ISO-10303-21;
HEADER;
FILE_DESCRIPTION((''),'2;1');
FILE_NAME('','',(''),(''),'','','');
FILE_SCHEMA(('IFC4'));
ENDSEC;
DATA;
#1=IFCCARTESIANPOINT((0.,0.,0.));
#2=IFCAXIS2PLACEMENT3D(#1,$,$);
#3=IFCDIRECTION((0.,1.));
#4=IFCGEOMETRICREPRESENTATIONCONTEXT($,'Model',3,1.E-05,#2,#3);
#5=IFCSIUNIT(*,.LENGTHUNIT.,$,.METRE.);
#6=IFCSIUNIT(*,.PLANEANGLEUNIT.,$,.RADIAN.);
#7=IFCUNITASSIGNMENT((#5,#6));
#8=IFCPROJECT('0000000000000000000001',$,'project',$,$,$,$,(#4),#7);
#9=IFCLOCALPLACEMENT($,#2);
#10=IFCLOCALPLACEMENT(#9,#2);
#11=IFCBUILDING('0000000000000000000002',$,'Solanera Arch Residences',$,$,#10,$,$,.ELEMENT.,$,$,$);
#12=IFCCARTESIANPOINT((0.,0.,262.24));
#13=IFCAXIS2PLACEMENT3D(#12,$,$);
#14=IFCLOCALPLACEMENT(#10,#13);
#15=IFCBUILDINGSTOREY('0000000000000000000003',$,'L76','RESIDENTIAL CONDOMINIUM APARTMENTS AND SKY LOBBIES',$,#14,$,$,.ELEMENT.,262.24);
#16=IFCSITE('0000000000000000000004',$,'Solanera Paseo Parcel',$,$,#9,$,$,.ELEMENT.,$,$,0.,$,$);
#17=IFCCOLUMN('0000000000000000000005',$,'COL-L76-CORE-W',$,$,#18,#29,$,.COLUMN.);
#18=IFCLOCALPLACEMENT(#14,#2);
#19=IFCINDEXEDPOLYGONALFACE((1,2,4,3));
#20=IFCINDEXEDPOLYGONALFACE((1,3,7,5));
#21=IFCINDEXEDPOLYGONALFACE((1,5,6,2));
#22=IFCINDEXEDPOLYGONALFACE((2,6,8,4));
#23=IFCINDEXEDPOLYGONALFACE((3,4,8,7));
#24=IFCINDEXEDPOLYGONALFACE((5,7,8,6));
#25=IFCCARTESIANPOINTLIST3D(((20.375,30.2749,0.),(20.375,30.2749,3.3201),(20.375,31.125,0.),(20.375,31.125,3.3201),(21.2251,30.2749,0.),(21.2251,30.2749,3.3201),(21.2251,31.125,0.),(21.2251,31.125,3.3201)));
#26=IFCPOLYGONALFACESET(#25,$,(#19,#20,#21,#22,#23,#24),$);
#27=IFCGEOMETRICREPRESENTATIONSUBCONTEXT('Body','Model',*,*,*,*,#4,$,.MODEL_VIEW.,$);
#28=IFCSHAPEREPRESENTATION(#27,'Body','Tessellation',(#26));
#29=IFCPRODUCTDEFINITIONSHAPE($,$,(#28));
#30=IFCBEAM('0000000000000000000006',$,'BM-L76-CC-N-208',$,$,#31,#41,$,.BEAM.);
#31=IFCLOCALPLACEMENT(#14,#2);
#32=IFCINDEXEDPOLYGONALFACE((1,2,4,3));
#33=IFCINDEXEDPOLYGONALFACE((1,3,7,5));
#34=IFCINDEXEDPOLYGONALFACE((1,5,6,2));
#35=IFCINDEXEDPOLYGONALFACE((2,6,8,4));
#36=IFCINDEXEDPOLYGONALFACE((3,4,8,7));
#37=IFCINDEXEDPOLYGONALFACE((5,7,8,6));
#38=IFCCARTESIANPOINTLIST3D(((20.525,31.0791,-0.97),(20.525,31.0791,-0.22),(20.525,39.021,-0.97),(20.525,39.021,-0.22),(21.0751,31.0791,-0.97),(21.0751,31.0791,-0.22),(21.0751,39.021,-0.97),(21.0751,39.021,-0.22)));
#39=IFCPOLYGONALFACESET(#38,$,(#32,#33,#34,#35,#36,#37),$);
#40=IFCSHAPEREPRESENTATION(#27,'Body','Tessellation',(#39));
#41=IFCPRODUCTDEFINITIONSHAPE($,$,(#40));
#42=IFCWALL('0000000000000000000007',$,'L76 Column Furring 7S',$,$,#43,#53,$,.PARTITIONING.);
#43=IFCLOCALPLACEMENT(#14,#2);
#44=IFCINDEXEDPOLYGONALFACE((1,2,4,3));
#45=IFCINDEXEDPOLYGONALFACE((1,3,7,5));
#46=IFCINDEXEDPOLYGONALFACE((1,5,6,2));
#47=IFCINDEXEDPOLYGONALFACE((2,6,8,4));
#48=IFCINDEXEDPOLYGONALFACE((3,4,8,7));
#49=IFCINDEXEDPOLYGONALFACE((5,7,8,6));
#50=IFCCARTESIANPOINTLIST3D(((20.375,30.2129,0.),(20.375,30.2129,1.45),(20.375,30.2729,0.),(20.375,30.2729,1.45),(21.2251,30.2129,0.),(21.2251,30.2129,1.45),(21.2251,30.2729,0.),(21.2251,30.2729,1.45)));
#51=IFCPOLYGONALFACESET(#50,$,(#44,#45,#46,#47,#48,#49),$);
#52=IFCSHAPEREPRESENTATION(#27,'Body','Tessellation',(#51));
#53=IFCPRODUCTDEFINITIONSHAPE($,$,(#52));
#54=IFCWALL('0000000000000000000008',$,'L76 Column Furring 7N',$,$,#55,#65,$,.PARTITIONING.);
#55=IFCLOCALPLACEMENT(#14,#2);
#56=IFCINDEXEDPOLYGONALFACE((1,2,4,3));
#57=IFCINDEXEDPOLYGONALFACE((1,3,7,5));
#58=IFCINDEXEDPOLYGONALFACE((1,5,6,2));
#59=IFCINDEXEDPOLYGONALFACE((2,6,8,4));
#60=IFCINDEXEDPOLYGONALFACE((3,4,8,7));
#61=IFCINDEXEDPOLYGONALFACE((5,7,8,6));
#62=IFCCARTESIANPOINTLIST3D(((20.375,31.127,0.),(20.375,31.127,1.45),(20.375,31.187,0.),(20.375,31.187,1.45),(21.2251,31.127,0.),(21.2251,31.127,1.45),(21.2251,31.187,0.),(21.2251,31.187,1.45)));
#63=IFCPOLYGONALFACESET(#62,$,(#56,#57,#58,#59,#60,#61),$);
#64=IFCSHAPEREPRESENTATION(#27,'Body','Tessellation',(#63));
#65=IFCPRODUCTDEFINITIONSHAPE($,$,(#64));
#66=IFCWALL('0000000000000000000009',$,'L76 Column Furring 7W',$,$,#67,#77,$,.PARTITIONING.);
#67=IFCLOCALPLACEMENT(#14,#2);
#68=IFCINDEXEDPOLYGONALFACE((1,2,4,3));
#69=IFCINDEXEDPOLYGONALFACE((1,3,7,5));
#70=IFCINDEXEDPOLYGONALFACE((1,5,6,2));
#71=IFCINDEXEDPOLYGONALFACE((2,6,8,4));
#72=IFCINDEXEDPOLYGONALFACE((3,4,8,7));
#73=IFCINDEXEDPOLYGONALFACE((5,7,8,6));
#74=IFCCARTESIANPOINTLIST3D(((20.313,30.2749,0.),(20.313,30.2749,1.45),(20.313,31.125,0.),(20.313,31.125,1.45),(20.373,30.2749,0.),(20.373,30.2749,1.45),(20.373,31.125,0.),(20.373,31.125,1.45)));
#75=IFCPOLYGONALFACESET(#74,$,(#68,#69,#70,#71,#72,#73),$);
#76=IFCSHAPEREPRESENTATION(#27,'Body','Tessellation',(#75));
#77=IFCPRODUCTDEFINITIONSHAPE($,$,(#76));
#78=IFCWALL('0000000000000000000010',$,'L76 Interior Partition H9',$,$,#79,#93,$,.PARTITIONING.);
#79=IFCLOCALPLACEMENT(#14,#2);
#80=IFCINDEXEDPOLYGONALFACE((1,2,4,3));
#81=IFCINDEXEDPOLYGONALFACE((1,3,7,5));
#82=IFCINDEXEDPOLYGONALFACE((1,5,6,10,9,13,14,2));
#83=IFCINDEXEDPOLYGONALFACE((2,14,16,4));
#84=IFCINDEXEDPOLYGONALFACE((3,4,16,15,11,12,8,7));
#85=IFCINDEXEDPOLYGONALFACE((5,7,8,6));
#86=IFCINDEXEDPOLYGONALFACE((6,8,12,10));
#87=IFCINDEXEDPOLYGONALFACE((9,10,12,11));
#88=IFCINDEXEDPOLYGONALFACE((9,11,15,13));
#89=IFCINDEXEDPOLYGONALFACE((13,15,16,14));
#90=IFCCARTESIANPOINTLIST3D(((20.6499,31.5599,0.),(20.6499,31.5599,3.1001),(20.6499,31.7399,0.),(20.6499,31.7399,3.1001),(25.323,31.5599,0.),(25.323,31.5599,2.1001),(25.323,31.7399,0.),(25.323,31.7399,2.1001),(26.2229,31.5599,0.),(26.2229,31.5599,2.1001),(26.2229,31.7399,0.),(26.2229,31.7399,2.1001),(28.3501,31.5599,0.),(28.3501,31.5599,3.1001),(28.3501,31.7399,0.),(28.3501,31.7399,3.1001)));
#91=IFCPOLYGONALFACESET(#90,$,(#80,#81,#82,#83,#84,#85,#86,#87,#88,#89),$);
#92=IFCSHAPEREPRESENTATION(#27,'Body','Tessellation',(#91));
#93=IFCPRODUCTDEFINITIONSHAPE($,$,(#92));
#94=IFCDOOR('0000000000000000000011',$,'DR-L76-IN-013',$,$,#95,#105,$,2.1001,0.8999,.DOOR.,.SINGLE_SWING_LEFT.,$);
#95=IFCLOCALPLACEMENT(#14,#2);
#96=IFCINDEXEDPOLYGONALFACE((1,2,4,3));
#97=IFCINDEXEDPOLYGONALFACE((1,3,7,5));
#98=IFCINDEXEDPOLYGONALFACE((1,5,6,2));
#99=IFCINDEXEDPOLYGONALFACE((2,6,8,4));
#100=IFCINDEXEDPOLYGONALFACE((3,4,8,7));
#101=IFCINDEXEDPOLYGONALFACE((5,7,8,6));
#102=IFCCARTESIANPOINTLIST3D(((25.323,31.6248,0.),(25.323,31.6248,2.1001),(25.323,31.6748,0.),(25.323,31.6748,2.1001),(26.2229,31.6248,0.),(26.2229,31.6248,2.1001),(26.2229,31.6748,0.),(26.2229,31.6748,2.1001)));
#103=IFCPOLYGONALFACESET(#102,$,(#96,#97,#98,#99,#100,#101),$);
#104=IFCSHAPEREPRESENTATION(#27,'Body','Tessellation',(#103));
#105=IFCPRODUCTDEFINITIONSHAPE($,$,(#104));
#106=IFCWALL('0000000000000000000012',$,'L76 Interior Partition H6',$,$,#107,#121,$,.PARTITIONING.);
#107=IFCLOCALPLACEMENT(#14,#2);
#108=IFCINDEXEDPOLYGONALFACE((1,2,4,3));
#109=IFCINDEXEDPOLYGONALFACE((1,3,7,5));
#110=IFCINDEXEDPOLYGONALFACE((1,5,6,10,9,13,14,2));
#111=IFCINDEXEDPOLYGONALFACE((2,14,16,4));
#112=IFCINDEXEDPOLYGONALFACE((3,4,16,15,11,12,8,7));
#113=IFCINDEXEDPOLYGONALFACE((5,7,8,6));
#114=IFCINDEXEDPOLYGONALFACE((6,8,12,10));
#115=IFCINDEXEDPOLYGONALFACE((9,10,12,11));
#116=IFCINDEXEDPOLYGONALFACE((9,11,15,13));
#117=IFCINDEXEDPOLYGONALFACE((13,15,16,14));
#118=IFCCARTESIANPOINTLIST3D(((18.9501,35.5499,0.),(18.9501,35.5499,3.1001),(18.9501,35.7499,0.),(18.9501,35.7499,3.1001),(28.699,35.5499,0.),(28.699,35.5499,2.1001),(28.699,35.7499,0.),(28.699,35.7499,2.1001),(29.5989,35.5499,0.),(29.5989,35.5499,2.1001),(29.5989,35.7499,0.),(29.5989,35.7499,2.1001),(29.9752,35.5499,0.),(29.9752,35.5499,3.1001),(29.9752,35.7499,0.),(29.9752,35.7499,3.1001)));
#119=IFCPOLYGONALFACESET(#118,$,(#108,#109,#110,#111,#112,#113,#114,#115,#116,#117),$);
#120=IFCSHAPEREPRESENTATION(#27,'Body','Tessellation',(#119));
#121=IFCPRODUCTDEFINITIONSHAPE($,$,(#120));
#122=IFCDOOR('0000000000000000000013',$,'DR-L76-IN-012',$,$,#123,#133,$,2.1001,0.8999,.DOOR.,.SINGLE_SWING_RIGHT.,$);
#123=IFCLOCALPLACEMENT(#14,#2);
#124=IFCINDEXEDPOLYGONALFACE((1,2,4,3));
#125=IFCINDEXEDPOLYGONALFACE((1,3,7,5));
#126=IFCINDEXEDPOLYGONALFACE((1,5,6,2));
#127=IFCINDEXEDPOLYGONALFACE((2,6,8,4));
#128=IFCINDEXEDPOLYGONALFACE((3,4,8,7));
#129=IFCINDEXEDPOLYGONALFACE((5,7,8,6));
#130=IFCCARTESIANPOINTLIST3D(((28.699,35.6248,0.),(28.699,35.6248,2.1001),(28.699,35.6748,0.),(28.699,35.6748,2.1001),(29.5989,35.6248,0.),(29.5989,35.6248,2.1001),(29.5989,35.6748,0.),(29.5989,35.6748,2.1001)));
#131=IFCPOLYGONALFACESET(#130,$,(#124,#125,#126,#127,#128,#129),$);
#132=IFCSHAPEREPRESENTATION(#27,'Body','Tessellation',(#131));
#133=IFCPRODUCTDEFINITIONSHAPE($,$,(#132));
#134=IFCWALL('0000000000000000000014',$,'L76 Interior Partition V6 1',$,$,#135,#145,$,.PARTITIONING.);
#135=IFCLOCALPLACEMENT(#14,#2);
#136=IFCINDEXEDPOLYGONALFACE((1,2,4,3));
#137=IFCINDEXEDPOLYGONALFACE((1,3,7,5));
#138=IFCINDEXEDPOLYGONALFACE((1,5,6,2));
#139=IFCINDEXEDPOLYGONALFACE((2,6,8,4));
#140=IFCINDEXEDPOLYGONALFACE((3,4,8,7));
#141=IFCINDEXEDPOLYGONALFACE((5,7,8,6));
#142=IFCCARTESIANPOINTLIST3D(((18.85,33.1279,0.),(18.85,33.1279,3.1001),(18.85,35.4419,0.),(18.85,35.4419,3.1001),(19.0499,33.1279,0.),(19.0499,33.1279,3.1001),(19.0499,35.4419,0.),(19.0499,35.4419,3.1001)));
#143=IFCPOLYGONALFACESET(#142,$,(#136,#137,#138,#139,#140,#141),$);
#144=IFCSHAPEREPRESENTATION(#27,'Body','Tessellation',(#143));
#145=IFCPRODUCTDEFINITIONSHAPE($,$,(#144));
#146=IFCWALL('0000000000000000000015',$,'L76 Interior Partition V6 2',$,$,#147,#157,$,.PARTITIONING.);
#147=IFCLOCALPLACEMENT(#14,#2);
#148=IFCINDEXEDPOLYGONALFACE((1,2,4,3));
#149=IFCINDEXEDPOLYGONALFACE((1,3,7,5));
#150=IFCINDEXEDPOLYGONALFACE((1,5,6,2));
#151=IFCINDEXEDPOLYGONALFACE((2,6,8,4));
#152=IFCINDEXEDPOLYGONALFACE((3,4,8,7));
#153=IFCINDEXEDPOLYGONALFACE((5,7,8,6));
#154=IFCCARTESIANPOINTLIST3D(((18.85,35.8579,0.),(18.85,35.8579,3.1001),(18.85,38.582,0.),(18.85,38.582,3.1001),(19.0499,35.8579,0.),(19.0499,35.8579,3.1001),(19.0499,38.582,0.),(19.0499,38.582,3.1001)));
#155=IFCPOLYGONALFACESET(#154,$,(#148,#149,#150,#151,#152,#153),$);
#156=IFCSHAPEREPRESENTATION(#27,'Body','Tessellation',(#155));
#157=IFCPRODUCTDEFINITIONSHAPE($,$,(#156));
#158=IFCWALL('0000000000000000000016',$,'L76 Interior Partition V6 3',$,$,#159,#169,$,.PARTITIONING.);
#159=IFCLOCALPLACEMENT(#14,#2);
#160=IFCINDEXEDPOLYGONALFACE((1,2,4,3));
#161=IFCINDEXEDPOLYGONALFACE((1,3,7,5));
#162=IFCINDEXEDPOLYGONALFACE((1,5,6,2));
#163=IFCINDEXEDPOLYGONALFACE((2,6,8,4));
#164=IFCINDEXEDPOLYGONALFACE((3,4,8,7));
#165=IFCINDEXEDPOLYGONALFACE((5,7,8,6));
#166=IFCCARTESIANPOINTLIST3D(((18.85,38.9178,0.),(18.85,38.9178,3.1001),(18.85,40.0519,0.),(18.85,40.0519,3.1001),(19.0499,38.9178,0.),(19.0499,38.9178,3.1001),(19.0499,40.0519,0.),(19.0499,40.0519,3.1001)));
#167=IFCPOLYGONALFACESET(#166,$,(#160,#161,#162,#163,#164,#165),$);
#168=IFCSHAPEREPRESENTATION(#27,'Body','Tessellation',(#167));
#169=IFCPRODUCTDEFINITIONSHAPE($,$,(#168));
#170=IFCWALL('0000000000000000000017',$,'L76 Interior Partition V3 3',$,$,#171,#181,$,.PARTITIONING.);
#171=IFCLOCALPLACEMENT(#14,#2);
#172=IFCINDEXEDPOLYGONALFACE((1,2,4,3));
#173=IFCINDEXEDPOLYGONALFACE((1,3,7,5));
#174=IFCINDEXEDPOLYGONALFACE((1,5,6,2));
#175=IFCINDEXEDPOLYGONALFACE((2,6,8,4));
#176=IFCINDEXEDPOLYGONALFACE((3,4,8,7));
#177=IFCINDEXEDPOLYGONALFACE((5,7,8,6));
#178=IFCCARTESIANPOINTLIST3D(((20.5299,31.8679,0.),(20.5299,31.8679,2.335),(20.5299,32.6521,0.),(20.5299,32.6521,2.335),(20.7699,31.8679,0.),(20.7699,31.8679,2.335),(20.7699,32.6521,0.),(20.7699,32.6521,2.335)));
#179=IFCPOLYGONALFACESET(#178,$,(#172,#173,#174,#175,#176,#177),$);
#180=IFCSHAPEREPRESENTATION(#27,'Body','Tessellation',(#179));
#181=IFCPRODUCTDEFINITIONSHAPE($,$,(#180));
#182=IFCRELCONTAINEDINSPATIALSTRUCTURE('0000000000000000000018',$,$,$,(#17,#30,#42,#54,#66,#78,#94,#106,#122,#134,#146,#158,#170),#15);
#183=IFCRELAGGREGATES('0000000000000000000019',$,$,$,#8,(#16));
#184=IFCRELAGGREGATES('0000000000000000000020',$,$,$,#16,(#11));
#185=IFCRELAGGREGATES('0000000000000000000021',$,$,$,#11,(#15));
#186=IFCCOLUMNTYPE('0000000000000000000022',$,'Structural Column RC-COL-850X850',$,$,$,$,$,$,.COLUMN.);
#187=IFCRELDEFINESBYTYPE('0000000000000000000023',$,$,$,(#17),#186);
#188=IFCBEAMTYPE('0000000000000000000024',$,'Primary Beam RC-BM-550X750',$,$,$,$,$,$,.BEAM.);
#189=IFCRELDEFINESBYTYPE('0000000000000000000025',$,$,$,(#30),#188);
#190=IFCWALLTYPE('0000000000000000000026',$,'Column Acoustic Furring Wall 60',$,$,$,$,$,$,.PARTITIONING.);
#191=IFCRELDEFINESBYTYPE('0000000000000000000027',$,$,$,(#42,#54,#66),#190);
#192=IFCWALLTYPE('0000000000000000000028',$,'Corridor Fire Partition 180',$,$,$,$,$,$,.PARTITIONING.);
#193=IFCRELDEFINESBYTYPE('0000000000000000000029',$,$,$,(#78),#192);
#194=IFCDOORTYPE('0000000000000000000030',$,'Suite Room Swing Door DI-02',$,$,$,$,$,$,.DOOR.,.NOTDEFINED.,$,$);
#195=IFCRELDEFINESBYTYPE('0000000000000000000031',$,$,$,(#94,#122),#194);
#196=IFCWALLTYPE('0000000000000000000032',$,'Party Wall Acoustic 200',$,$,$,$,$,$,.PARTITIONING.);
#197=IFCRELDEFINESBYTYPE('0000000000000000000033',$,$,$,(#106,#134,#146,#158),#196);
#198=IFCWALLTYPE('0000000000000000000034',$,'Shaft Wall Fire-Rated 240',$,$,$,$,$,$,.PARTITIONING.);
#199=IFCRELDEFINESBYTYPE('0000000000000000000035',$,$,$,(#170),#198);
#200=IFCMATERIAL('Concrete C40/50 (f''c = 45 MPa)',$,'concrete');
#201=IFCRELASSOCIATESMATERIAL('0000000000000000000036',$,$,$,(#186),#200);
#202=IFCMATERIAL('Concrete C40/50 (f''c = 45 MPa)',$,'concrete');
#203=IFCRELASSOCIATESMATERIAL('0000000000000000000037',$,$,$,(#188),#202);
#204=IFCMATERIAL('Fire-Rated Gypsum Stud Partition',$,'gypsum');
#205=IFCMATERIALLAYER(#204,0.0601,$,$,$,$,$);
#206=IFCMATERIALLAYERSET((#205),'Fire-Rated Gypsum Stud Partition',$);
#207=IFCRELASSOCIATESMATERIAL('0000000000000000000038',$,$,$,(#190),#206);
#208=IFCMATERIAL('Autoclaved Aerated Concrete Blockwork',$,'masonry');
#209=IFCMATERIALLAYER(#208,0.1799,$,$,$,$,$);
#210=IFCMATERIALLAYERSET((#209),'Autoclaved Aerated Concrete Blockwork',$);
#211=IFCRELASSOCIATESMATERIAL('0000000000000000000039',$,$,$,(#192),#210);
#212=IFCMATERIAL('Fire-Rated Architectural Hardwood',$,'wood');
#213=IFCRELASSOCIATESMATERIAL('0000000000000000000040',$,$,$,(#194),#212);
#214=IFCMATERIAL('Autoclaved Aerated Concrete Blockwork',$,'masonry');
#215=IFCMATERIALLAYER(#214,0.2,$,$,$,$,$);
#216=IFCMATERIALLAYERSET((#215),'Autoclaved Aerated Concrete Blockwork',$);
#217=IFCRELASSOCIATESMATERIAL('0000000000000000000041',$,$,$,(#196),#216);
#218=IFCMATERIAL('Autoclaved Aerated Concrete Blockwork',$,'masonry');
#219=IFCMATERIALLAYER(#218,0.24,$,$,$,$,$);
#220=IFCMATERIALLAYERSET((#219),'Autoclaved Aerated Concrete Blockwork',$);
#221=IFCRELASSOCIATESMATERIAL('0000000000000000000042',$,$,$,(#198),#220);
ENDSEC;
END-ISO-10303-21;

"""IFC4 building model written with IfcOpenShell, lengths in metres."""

from ifc_helpers import new_model, si_unit, direction, frame, frame_2d, origin, origin_2d, place, context, subcontext, project, spatial, rectangle, extrude, material, layer, layer_set, material_profile, profile_set, type_object, element, fill, save


model = new_model("IFC4")

# Units and contexts
model_context = context("Model", 3, precision=1e-05, world=origin(), true_north=direction((0.0, 1.0)))
body_context = subcontext(model_context, "Body", "Model", "MODEL_VIEW")
ifc_project = project(units=[si_unit("LENGTHUNIT", "METRE"), si_unit("PLANEANGLEUNIT", "RADIAN")], contexts=[model_context])

# Site, building, storey
site_placement = place(None, origin())
site = spatial("IfcSite", under=ifc_project, at=site_placement, Name="Solanera Paseo Parcel", CompositionType="ELEMENT", RefElevation=0.0)
building_placement = place(site_placement, origin())
building = spatial("IfcBuilding", under=site, at=building_placement, Name="Solanera Arch Residences", CompositionType="ELEMENT")
storey_placement = place(building_placement, frame((0.0, 0.0, 262.24)))
storey = spatial("IfcBuildingStorey", under=building, at=storey_placement, Name="L76", Description="RESIDENTIAL CONDOMINIUM APARTMENTS AND SKY LOBBIES", CompositionType="ELEMENT", Elevation=262.24)

# Column
ifc_material_1 = material(Name="Concrete C40/50 (f'c = 45 MPa)", Category="concrete")
ifc_material_profile_1 = material_profile(ifc_material_1, rectangle(XDim=0.8501, YDim=0.8501, at=origin_2d()))
ifc_profile_set_1 = profile_set([ifc_material_profile_1], Name="Concrete C40/50 (f'c = 45 MPa)")
column_type = type_object("IfcColumnType", Name="Structural Column RC-COL-850X850", PredefinedType="COLUMN", material=ifc_profile_set_1)
column_placement = place(storey_placement, frame((20.8, 30.7, 0.0), z_axis=(0.0, 0.0, 1.0), x_axis=(1.0, 0.0, 0.0)))
element("IfcColumn", 1, at=column_placement, inside=storey, type_object=column_type, Name="COL-L76-CORE-W", PredefinedType="COLUMN", context=body_context, shape_type="SweptSolid", body=[
    extrude(rectangle(XDim=0.8501, YDim=0.8501, at=origin_2d()), origin(), (0.0, 0.0, 1.0), 3.3201),
])

# Beam
ifc_material_2 = material(Name="Concrete C40/50 (f'c = 45 MPa)", Category="concrete")
ifc_material_profile_2 = material_profile(ifc_material_2, rectangle(XDim=0.55, YDim=0.75, at=origin_2d()))
ifc_profile_set_2 = profile_set([ifc_material_profile_2], Name="Concrete C40/50 (f'c = 45 MPa)")
beam_type = type_object("IfcBeamType", Name="Primary Beam RC-BM-550X750", PredefinedType="BEAM", material=ifc_profile_set_2)
beam_placement = place(storey_placement, frame((20.8, 31.0791, -0.595), z_axis=(0.0, 1.0, 0.0), x_axis=(-1.0, 0.0, 0.0)))
element("IfcBeam", 2, at=beam_placement, inside=storey, type_object=beam_type, Name="BM-L76-CC-N-208", PredefinedType="BEAM", context=body_context, shape_type="SweptSolid", body=[
    extrude(rectangle(XDim=0.55, YDim=0.75, at=origin_2d()), origin(), (0.0, 0.0, 1.0), 7.9419),
])

# Walls
ifc_material_3 = material(Name="Fire-Rated Gypsum Stud Partition", Category="gypsum")
ifc_layer_1 = layer(ifc_material_3, 0.0601)
ifc_layer_set_1 = layer_set([ifc_layer_1], Name="Fire-Rated Gypsum Stud Partition")
wall_type_1 = type_object("IfcWallType", Name="Column Acoustic Furring Wall 60", PredefinedType="PARTITIONING", material=ifc_layer_set_1)
for number, where, z_axis, x_axis, name in (
    (3, (20.375, 30.2429, 0.0), (0.0, 0.0, 1.0), (1.0, 0.0, 0.0), "L76 Column Furring 7S"),
    (4, (20.375, 31.157, 0.0), (0.0, 0.0, 1.0), (1.0, 0.0, 0.0), "L76 Column Furring 7N"),
    (5, (20.343, 30.2749, 0.0), (0.0, 0.0, 1.0), (0.0, 1.0, 0.0), "L76 Column Furring 7W"),
):
    element("IfcWall", number, at=place(storey_placement, frame(where, z_axis=z_axis, x_axis=x_axis)), inside=storey, type_object=wall_type_1, Name=name, PredefinedType="PARTITIONING", context=body_context, shape_type="SweptSolid", body=[
        extrude(rectangle(XDim=0.8501, YDim=0.0601, at=frame_2d((0.425, 0.0))), origin(), (0.0, 0.0, 1.0), 1.45),
    ])

# Walls, openings, doors
ifc_material_4 = material(Name="Autoclaved Aerated Concrete Blockwork", Category="masonry")
ifc_layer_2 = layer(ifc_material_4, 0.1799)
ifc_layer_set_2 = layer_set([ifc_layer_2], Name="Autoclaved Aerated Concrete Blockwork")
wall_type_2 = type_object("IfcWallType", Name="Corridor Fire Partition 180", PredefinedType="PARTITIONING", material=ifc_layer_set_2)
wall_1_placement = place(storey_placement, frame((20.6499, 31.6499, 0.0), z_axis=(0.0, 0.0, 1.0), x_axis=(1.0, 0.0, 0.0)))
wall_1 = element("IfcWall", 6, at=wall_1_placement, inside=storey, type_object=wall_type_2, Name="L76 Interior Partition H9", PredefinedType="PARTITIONING", context=body_context, shape_type="SweptSolid", body=[
    extrude(rectangle(XDim=7.7002, YDim=0.1799, at=frame_2d((3.8501, 0.0))), origin(), (0.0, 0.0, 1.0), 3.1001),
])
opening_1_placement = place(wall_1_placement, frame((4.6731, 0.0, 0.0)))
opening_1 = element("IfcOpeningElement", 7, at=opening_1_placement, cuts=wall_1, PredefinedType="OPENING", context=body_context, shape_type="SweptSolid", body=[
    extrude(rectangle(XDim=0.8999, YDim=2.1001, at=frame_2d((0.45, 1.05))), frame((0.0, 0.1001, 0.0), z_axis=(0.0, -1.0, 0.0), x_axis=(1.0, 0.0, 0.0)), (0.0, 0.0, 1.0), 0.1999),
])
ifc_material_5 = material(Name="Fire-Rated Architectural Hardwood", Category="wood")
door_type_1 = type_object("IfcDoorType", Name="Suite Room Swing Door DI-02", OperationType="NOTDEFINED", PredefinedType="DOOR", material=ifc_material_5)
door_1_placement = place(opening_1_placement, origin())
door_1 = element("IfcDoor", 8, at=door_1_placement, inside=storey, type_object=door_type_1, Name="DR-L76-IN-013", OperationType="SINGLE_SWING_LEFT", OverallHeight=2.1001, OverallWidth=0.8999, PredefinedType="DOOR", context=body_context, shape_type="SweptSolid", body=[
    extrude(rectangle(XDim=0.8999, YDim=2.1001, at=frame_2d((0.45, 1.05))), frame((0.0, 0.0249, 0.0), z_axis=(0.0, -1.0, 0.0), x_axis=(1.0, 0.0, 0.0)), (0.0, 0.0, 1.0), 0.05),
])
fill(opening_1, door_1)
ifc_material_6 = material(Name="Autoclaved Aerated Concrete Blockwork", Category="masonry")
ifc_layer_3 = layer(ifc_material_6, 0.2)
ifc_layer_set_3 = layer_set([ifc_layer_3], Name="Autoclaved Aerated Concrete Blockwork")
wall_type_3 = type_object("IfcWallType", Name="Party Wall Acoustic 200", PredefinedType="PARTITIONING", material=ifc_layer_set_3)
wall_2_placement = place(storey_placement, frame((18.95, 35.6499, 0.0), z_axis=(0.0, 0.0, 1.0), x_axis=(1.0, 0.0, 0.0)))
wall_2 = element("IfcWall", 9, at=wall_2_placement, inside=storey, type_object=wall_type_3, Name="L76 Interior Partition H6", PredefinedType="PARTITIONING", context=body_context, shape_type="SweptSolid", body=[
    extrude(rectangle(XDim=11.0251, YDim=0.2, at=frame_2d((5.5127, 0.0))), origin(), (0.0, 0.0, 1.0), 3.1001),
])
opening_2_placement = place(wall_2_placement, frame((9.749, 0.0, 0.0)))
opening_2 = element("IfcOpeningElement", 10, at=opening_2_placement, cuts=wall_2, PredefinedType="OPENING", context=body_context, shape_type="SweptSolid", body=[
    extrude(rectangle(XDim=0.8999, YDim=2.1001, at=frame_2d((0.45, 1.05))), frame((0.0, 0.1101, 0.0), z_axis=(0.0, -1.0, 0.0), x_axis=(1.0, 0.0, 0.0)), (0.0, 0.0, 1.0), 0.22),
])
door_2_placement = place(opening_2_placement, origin())
door_2 = element("IfcDoor", 11, at=door_2_placement, inside=storey, type_object=door_type_1, Name="DR-L76-IN-012", OperationType="SINGLE_SWING_RIGHT", OverallHeight=2.1001, OverallWidth=0.8999, PredefinedType="DOOR", context=body_context, shape_type="SweptSolid", body=[
    extrude(rectangle(XDim=0.8999, YDim=2.1001, at=frame_2d((0.45, 1.05))), frame((0.0, 0.0249, 0.0), z_axis=(0.0, -1.0, 0.0), x_axis=(1.0, 0.0, 0.0)), (0.0, 0.0, 1.0), 0.05),
])
fill(opening_2, door_2)

# Walls
wall_3_placement = place(storey_placement, frame((18.95, 33.1279, 0.0), z_axis=(0.0, 0.0, 1.0), x_axis=(0.0, 1.0, 0.0)))
element("IfcWall", 12, at=wall_3_placement, inside=storey, type_object=wall_type_3, Name="L76 Interior Partition V6 1", PredefinedType="PARTITIONING", context=body_context, shape_type="SweptSolid", body=[
    extrude(rectangle(XDim=2.314, YDim=0.2, at=frame_2d((1.157, 0.0))), origin(), (0.0, 0.0, 1.0), 3.1001),
])
wall_4_placement = place(storey_placement, frame((18.95, 35.8579, 0.0), z_axis=(0.0, 0.0, 1.0), x_axis=(0.0, 1.0, 0.0)))
element("IfcWall", 13, at=wall_4_placement, inside=storey, type_object=wall_type_3, Name="L76 Interior Partition V6 2", PredefinedType="PARTITIONING", context=body_context, shape_type="SweptSolid", body=[
    extrude(rectangle(XDim=2.7241, YDim=0.2, at=frame_2d((1.3621, 0.0))), origin(), (0.0, 0.0, 1.0), 3.1001),
])
wall_5_placement = place(storey_placement, frame((18.95, 38.918, 0.0), z_axis=(0.0, 0.0, 1.0), x_axis=(0.0, 1.0, 0.0)))
element("IfcWall", 14, at=wall_5_placement, inside=storey, type_object=wall_type_3, Name="L76 Interior Partition V6 3", PredefinedType="PARTITIONING", context=body_context, shape_type="SweptSolid", body=[
    extrude(rectangle(XDim=1.134, YDim=0.2, at=frame_2d((0.5669, 0.0))), origin(), (0.0, 0.0, 1.0), 3.1001),
])

# Shared definitions
ifc_material_7 = material(Name="Autoclaved Aerated Concrete Blockwork", Category="masonry")
ifc_layer_4 = layer(ifc_material_7, 0.24)
ifc_layer_set_4 = layer_set([ifc_layer_4], Name="Autoclaved Aerated Concrete Blockwork")
wall_type_4 = type_object("IfcWallType", Name="Shaft Wall Fire-Rated 240", PredefinedType="PARTITIONING", material=ifc_layer_set_4)

# Wall
wall_6_placement = place(storey_placement, frame((20.6499, 31.8679, 0.0), z_axis=(0.0, 0.0, 1.0), x_axis=(0.0, 1.0, 0.0)))
element("IfcWall", 15, at=wall_6_placement, inside=storey, type_object=wall_type_4, Name="L76 Interior Partition V3 3", PredefinedType="PARTITIONING", context=body_context, shape_type="SweptSolid", body=[
    extrude(rectangle(XDim=0.7842, YDim=0.24, at=frame_2d((0.3921, 0.0))), origin(), (0.0, 0.0, 1.0), 2.335),
])

save(model, "model.ifc")
